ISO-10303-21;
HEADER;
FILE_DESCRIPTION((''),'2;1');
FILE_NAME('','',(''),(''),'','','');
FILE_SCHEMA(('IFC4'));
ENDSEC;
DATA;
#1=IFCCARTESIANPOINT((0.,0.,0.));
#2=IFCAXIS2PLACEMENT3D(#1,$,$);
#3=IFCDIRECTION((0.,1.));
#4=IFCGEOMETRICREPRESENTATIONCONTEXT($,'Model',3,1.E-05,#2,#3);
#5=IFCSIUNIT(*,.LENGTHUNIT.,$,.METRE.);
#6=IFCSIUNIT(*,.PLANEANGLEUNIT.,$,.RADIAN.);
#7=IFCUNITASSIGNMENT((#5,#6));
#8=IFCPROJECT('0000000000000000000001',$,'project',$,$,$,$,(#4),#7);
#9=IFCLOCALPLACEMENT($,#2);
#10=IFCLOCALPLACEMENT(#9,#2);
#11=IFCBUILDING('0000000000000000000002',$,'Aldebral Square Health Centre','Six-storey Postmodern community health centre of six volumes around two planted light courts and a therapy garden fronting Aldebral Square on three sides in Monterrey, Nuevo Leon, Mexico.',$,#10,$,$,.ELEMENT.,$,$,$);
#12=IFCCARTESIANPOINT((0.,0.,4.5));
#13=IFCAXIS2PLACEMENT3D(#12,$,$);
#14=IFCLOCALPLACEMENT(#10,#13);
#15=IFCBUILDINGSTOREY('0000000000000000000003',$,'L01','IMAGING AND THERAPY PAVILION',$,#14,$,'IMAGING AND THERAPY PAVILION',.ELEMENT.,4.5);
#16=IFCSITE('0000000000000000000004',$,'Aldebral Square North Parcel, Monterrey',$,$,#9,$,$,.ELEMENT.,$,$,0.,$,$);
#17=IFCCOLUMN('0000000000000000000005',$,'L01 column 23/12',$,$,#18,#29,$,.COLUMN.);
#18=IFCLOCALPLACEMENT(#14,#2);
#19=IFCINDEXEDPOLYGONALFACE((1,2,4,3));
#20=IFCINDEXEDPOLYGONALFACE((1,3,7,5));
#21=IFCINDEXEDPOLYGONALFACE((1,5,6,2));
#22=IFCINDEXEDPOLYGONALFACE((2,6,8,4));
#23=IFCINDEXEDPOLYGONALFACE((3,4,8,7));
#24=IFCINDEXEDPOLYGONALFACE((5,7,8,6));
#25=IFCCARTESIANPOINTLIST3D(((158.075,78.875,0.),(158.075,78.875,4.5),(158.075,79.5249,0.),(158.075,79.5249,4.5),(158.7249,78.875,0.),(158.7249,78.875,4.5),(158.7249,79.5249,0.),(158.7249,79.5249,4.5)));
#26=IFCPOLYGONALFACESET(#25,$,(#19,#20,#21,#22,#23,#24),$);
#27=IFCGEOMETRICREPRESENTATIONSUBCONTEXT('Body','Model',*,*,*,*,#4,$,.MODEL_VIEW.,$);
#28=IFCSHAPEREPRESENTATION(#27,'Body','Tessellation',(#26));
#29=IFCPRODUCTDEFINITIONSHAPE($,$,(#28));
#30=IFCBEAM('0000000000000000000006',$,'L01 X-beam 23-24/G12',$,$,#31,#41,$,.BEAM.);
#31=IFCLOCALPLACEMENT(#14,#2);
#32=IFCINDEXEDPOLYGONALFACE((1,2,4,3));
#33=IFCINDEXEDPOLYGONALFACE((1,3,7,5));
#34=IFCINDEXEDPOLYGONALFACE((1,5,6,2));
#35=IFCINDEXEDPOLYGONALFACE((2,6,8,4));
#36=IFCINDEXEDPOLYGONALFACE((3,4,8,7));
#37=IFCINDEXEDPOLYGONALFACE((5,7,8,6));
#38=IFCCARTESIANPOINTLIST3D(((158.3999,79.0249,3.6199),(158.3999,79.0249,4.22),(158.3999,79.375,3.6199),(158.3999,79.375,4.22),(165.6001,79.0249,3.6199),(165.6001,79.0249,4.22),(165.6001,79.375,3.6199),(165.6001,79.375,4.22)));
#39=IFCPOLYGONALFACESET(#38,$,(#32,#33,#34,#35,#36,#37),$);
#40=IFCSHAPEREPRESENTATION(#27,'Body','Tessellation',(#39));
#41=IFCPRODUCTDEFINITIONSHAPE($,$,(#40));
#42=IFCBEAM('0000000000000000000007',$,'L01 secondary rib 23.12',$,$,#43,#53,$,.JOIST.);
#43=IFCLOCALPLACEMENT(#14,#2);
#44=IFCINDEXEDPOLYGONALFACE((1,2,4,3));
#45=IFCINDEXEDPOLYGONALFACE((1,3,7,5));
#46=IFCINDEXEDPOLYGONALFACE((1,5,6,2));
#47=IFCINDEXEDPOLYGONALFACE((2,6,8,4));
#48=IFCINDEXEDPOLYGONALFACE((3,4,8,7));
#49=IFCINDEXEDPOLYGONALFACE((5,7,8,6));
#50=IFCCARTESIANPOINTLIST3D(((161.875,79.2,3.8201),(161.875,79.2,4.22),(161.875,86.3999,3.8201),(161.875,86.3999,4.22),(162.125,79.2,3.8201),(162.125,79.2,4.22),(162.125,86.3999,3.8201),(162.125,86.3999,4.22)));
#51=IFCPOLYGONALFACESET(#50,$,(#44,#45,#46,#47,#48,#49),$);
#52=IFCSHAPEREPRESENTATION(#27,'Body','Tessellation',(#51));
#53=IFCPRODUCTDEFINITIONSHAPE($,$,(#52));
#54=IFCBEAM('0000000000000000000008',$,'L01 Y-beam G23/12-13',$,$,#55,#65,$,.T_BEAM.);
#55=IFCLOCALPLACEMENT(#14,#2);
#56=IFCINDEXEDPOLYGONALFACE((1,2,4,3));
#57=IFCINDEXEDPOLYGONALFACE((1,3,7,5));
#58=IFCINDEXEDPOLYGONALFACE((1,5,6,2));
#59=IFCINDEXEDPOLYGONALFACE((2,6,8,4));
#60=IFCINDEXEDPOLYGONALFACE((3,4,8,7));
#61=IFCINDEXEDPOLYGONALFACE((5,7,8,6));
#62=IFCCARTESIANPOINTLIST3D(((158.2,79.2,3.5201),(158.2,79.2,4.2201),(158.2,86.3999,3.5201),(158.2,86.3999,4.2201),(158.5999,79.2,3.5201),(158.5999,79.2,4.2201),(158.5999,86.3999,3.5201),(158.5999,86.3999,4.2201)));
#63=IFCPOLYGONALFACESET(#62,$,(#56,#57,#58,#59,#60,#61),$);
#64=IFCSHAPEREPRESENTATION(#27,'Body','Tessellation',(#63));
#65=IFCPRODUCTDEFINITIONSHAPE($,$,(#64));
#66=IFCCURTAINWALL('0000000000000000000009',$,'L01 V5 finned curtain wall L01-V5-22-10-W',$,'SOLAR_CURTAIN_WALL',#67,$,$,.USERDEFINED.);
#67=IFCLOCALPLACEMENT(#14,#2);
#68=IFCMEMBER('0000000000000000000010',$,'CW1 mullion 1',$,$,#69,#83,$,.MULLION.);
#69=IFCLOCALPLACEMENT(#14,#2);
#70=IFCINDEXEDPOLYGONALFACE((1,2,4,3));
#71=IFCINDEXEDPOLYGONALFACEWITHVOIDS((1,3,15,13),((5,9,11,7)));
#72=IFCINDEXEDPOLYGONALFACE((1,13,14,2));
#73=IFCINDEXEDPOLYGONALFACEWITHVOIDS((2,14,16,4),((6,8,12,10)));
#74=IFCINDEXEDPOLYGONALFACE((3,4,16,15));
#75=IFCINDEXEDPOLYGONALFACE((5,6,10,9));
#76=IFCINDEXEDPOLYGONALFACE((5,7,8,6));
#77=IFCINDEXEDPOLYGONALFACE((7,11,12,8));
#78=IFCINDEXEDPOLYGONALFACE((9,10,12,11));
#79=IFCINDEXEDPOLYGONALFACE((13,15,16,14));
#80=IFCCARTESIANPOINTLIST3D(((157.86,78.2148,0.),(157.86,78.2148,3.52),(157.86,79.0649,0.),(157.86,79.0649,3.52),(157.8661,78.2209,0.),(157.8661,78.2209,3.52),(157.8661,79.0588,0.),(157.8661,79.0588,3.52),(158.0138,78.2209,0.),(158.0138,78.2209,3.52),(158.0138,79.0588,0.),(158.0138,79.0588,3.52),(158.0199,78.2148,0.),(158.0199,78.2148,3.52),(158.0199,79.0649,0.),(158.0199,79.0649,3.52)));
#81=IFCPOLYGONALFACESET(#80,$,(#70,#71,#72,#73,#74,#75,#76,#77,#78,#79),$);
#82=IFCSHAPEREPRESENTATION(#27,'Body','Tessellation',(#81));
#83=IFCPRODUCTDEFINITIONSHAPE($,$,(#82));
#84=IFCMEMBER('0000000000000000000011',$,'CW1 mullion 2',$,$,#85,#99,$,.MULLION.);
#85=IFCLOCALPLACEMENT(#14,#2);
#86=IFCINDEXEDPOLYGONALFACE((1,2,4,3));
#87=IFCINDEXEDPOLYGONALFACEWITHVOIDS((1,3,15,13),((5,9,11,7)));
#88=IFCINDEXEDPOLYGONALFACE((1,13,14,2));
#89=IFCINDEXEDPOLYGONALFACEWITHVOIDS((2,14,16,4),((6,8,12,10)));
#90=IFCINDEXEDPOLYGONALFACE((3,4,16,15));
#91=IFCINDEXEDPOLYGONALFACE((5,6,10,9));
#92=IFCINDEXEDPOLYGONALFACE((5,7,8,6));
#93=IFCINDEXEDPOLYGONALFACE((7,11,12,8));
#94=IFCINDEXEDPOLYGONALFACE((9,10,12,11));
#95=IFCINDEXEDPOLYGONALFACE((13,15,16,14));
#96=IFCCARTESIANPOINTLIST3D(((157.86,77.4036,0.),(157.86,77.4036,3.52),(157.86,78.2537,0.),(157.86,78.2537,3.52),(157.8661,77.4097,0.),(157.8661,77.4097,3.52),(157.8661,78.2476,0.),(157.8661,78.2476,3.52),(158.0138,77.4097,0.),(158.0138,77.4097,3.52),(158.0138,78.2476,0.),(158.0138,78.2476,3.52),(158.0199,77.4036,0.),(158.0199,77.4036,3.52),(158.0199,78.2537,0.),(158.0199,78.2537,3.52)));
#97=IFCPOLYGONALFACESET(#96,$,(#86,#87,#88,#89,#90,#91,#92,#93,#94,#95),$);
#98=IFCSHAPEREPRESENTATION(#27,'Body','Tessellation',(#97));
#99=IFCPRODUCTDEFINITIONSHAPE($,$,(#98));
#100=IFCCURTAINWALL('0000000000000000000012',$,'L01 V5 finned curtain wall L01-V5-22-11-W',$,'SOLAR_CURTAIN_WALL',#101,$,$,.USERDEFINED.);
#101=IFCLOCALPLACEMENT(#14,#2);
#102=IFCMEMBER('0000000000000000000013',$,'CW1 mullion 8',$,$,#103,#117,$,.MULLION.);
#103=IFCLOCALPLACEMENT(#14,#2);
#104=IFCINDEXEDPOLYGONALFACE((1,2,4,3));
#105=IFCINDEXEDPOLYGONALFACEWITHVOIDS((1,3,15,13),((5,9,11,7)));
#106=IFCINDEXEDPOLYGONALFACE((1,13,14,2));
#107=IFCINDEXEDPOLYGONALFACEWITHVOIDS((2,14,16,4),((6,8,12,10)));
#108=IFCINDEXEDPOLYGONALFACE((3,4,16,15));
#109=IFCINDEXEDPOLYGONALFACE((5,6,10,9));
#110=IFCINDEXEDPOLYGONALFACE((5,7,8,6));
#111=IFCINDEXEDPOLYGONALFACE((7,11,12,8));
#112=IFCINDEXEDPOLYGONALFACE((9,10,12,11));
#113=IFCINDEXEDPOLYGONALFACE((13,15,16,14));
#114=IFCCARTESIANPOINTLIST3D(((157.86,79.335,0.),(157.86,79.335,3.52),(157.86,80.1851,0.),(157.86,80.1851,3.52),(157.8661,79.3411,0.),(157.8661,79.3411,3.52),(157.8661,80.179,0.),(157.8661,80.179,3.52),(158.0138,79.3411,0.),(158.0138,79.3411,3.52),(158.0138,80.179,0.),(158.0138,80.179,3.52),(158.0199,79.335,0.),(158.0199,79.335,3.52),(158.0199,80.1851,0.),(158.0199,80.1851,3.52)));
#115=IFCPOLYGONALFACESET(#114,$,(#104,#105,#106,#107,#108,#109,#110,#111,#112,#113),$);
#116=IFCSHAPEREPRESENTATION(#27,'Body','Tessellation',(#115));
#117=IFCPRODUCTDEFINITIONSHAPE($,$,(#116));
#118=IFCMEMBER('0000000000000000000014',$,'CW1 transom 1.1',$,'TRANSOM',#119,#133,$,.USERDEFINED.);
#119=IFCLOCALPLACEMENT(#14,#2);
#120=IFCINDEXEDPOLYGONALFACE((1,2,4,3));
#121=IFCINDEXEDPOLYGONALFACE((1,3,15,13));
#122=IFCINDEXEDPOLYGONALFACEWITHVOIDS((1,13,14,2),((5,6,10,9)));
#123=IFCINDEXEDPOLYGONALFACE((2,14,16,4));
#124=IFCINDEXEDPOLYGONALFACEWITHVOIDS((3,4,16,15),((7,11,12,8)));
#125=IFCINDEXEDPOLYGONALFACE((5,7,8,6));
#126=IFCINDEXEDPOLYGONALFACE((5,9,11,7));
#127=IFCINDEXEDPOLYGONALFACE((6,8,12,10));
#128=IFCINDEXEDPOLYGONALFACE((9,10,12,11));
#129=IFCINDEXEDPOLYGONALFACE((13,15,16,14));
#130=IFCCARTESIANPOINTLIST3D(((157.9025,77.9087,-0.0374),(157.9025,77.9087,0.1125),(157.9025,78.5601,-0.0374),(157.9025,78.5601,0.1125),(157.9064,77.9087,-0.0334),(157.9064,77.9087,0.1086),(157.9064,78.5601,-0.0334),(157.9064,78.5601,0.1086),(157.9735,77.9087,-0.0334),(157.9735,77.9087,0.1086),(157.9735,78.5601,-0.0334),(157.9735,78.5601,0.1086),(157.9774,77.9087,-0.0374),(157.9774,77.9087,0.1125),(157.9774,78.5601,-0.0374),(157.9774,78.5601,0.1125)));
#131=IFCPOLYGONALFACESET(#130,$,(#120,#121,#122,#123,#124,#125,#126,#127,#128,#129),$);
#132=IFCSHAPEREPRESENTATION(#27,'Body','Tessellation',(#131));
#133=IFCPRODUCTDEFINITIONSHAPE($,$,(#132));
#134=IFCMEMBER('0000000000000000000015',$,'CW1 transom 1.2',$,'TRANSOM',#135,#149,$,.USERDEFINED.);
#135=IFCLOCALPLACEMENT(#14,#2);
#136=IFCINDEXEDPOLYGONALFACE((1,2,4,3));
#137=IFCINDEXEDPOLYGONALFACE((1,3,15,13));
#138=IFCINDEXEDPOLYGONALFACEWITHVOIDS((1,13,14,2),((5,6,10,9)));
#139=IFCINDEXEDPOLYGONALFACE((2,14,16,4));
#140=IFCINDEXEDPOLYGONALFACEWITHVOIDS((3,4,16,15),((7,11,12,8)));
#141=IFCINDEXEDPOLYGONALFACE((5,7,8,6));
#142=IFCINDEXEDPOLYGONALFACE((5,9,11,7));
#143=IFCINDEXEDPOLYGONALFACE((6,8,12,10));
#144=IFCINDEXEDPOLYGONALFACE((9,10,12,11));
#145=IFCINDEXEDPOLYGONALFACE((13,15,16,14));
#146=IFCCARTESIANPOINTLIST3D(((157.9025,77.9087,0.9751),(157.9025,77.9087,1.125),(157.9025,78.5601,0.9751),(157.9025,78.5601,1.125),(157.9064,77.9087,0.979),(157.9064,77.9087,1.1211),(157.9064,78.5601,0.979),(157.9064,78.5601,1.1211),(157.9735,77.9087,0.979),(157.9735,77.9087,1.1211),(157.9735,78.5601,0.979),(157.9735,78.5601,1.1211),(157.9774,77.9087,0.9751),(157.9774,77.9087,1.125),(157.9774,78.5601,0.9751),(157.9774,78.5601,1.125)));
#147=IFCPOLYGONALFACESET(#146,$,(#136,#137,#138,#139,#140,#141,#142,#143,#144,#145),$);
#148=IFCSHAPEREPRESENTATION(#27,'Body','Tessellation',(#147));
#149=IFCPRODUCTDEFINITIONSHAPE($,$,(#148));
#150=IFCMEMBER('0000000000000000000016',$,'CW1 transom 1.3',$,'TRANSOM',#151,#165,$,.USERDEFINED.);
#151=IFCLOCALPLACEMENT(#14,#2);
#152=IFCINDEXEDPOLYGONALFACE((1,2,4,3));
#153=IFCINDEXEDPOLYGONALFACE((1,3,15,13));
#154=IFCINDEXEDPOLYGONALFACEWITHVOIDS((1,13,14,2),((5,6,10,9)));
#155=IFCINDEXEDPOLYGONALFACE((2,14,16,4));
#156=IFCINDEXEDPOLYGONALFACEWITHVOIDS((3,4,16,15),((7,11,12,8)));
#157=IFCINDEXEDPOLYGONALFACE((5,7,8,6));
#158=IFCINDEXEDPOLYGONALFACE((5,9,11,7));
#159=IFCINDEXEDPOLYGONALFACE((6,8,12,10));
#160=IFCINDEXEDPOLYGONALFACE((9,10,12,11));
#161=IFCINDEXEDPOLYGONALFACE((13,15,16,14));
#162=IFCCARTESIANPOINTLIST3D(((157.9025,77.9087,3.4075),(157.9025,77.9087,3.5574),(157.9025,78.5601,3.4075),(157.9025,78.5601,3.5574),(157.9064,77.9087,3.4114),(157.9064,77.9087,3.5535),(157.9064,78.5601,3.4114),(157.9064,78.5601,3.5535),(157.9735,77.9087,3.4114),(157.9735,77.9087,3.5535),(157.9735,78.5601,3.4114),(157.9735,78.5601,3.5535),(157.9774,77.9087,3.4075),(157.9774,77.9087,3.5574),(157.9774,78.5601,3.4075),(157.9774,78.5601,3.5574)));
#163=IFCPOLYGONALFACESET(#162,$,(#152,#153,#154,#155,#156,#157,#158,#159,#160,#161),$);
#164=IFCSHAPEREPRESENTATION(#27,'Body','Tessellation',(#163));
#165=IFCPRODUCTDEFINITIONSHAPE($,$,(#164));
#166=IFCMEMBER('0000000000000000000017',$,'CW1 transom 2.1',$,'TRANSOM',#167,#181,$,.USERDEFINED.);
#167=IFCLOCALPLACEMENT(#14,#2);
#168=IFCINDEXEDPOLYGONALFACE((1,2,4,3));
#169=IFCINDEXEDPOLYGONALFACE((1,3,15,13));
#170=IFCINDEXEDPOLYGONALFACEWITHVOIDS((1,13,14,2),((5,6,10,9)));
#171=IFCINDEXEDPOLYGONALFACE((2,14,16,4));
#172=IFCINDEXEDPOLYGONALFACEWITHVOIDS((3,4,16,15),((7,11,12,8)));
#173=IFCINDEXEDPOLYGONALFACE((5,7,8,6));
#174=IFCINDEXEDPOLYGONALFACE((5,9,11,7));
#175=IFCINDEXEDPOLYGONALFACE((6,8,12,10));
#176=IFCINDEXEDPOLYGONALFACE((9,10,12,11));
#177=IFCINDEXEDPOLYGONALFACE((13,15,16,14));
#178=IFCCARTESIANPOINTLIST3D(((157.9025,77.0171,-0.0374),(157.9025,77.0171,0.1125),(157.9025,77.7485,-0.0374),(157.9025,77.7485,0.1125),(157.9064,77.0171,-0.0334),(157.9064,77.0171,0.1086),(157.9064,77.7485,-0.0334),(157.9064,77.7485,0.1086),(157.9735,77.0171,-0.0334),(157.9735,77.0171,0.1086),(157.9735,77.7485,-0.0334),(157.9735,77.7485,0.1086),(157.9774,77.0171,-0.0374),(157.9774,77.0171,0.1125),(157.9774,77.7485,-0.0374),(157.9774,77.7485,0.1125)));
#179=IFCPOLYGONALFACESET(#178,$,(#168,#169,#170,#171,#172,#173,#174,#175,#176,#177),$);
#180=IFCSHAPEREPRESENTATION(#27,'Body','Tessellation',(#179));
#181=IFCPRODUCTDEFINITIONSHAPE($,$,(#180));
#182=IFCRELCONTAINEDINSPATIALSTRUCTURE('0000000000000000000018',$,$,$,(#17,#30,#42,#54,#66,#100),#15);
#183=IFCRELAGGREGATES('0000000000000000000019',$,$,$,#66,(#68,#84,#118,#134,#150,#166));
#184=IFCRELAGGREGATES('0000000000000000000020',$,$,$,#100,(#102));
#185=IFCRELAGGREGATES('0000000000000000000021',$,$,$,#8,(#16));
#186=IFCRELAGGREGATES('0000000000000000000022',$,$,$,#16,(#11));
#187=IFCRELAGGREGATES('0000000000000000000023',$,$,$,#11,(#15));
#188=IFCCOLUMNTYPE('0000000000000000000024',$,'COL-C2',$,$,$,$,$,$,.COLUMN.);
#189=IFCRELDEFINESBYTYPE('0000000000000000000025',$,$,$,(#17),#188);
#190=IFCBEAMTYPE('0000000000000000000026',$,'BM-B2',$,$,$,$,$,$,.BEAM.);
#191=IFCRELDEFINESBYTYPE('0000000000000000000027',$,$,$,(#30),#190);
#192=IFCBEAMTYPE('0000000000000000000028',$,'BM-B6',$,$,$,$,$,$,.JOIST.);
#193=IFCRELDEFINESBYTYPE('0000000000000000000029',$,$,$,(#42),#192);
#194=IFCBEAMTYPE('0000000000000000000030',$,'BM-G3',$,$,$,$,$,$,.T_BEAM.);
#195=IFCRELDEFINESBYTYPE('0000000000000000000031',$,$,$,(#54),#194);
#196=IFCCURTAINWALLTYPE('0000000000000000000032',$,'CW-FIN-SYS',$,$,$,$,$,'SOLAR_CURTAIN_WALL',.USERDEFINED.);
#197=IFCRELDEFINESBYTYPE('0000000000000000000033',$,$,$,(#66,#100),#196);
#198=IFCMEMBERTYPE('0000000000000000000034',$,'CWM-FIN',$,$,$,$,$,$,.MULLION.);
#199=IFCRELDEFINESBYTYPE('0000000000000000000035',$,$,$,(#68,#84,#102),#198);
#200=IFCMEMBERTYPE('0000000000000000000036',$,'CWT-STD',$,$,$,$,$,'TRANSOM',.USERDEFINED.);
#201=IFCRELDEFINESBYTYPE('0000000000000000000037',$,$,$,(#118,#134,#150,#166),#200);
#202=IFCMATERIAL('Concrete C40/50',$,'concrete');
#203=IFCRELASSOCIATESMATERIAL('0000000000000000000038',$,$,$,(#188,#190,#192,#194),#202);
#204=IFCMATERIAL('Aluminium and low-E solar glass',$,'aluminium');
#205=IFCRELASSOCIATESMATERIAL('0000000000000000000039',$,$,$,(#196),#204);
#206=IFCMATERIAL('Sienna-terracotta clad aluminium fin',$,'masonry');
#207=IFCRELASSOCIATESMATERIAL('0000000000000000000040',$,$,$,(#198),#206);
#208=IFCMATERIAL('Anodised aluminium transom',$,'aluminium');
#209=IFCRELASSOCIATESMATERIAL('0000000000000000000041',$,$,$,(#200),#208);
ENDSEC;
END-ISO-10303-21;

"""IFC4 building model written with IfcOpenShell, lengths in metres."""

from ifc_helpers import new_model, si_unit, direction, frame, origin, origin_2d, place, context, subcontext, project, spatial, rectangle, hollow_rectangle, extrude, material, material_profile, profile_set, type_object, element, aggregate, save


model = new_model("IFC4")

# Units and contexts
model_context = context("Model", 3, precision=1e-05, world=origin(), true_north=direction((0.0, 1.0)))
body_context = subcontext(model_context, "Body", "Model", "MODEL_VIEW")
ifc_project = project(units=[si_unit("LENGTHUNIT", "METRE"), si_unit("PLANEANGLEUNIT", "RADIAN")], contexts=[model_context])

# Site, building, storey
site_placement = place(None, origin())
site = spatial("IfcSite", under=ifc_project, at=site_placement, Name="Aldebral Square North Parcel, Monterrey", CompositionType="ELEMENT", RefElevation=0.0)
building_placement = place(site_placement, origin())
building = spatial("IfcBuilding", under=site, at=building_placement, Name="Aldebral Square Health Centre", Description="Six-storey Postmodern community health centre of six volumes around two planted light courts and a therapy garden fronting Aldebral Square on three sides in Monterrey, Nuevo Leon, Mexico.", CompositionType="ELEMENT")
storey_placement = place(building_placement, frame((0.0, 0.0, 4.5)))
storey = spatial("IfcBuildingStorey", under=building, at=storey_placement, Name="L01", Description="IMAGING AND THERAPY PAVILION", LongName="IMAGING AND THERAPY PAVILION", CompositionType="ELEMENT", Elevation=4.5)

# Column
ifc_material_1 = material(Name="Concrete C40/50", Category="concrete")
ifc_material_profile_1 = material_profile(ifc_material_1, rectangle(XDim=0.6499, YDim=0.6499, at=origin_2d()), Name="RC 650x650")
ifc_profile_set_1 = profile_set([ifc_material_profile_1], Name="Concrete C40/50")
column_type = type_object("IfcColumnType", Name="COL-C2", PredefinedType="COLUMN", material=ifc_profile_set_1)
column_placement = place(storey_placement, frame((158.3999, 79.2, 0.0), z_axis=(0.0, 0.0, 1.0), x_axis=(1.0, 0.0, 0.0)))
element("IfcColumn", 1, at=column_placement, inside=storey, type_object=column_type, Name="L01 column 23/12", PredefinedType="COLUMN", context=body_context, shape_type="SweptSolid", body=[
    extrude(rectangle(XDim=0.6499, YDim=0.6499, at=origin_2d()), origin(), (0.0, 0.0, 1.0), 4.5),
])

# Beams
ifc_material_profile_2 = material_profile(ifc_material_1, rectangle(XDim=0.3501, YDim=0.6001, at=origin_2d()), Name="RC 350x600")
ifc_profile_set_2 = profile_set([ifc_material_profile_2], Name="Concrete C40/50")
beam_type_1 = type_object("IfcBeamType", Name="BM-B2", PredefinedType="BEAM", material=ifc_profile_set_2)
beam_1_placement = place(storey_placement, frame((158.3999, 79.2, 3.9199), z_axis=(1.0, 0.0, 0.0), x_axis=(0.0, 1.0, 0.0)))
element("IfcBeam", 2, at=beam_1_placement, inside=storey, type_object=beam_type_1, Name="L01 X-beam 23-24/G12", PredefinedType="BEAM", context=body_context, shape_type="SweptSolid", body=[
    extrude(rectangle(XDim=0.3501, YDim=0.6001, at=origin_2d()), origin(), (0.0, 0.0, 1.0), 7.2002),
])
ifc_material_profile_3 = material_profile(ifc_material_1, rectangle(XDim=0.25, YDim=0.3999, at=origin_2d()), Name="RC 250x400")
ifc_profile_set_3 = profile_set([ifc_material_profile_3], Name="Concrete C40/50")
beam_type_2 = type_object("IfcBeamType", Name="BM-B6", PredefinedType="JOIST", material=ifc_profile_set_3)
beam_2_placement = place(storey_placement, frame((162.0, 79.2, 4.02), z_axis=(0.0, 1.0, 0.0), x_axis=(-1.0, 0.0, 0.0)))
element("IfcBeam", 3, at=beam_2_placement, inside=storey, type_object=beam_type_2, Name="L01 secondary rib 23.12", PredefinedType="JOIST", context=body_context, shape_type="SweptSolid", body=[
    extrude(rectangle(XDim=0.25, YDim=0.3999, at=origin_2d()), origin(), (0.0, 0.0, 1.0), 7.2),
])
ifc_material_profile_4 = material_profile(ifc_material_1, rectangle(XDim=0.3999, YDim=0.7, at=origin_2d()), Name="RC 400x700")
ifc_profile_set_4 = profile_set([ifc_material_profile_4], Name="Concrete C40/50")
beam_type_3 = type_object("IfcBeamType", Name="BM-G3", PredefinedType="T_BEAM", material=ifc_profile_set_4)
beam_3_placement = place(storey_placement, frame((158.3999, 79.2, 3.8701), z_axis=(0.0, 1.0, 0.0), x_axis=(-1.0, 0.0, 0.0)))
element("IfcBeam", 4, at=beam_3_placement, inside=storey, type_object=beam_type_3, Name="L01 Y-beam G23/12-13", PredefinedType="T_BEAM", context=body_context, shape_type="SweptSolid", body=[
    extrude(rectangle(XDim=0.3999, YDim=0.7, at=origin_2d()), origin(), (0.0, 0.0, 1.0), 7.2),
])

# Curtain wall, members
ifc_material_2 = material(Name="Aluminium and low-E solar glass", Category="aluminium")
curtain_wall_type = type_object("IfcCurtainWallType", Name="CW-FIN-SYS", ElementType="SOLAR_CURTAIN_WALL", PredefinedType="USERDEFINED", material=ifc_material_2)
curtain_wall_1_placement = place(storey_placement, origin())
curtain_wall_1 = element("IfcCurtainWall", 5, at=curtain_wall_1_placement, inside=storey, type_object=curtain_wall_type, Name="L01 V5 finned curtain wall L01-V5-22-10-W", ObjectType="SOLAR_CURTAIN_WALL", PredefinedType="USERDEFINED")
ifc_material_3 = material(Name="Sienna-terracotta clad aluminium fin", Category="masonry")
ifc_material_profile_5 = material_profile(ifc_material_3, hollow_rectangle(XDim=0.1599, YDim=0.8501, WallThickness=0.0061, at=origin_2d()), Name="FIN 160x850x6")
ifc_profile_set_5 = profile_set([ifc_material_profile_5], Name="Sienna-terracotta clad aluminium fin")
member_type_1 = type_object("IfcMemberType", Name="CWM-FIN", PredefinedType="MULLION", material=ifc_profile_set_5)
member_1_placement = place(storey_placement, frame((157.9399, 78.6399, 0.0), z_axis=(0.0, 0.0, 1.0), x_axis=(1.0, 0.0, 0.0)))
member_1 = element("IfcMember", 6, at=member_1_placement, type_object=member_type_1, Name="CW1 mullion 1", PredefinedType="MULLION", context=body_context, shape_type="SweptSolid", body=[
    extrude(hollow_rectangle(XDim=0.1599, YDim=0.8501, WallThickness=0.0061, at=origin_2d()), origin(), (0.0, 0.0, 1.0), 3.52),
])
member_2_placement = place(storey_placement, frame((157.9399, 77.8286, 0.0), z_axis=(0.0, 0.0, 1.0), x_axis=(1.0, 0.0, 0.0)))
member_2 = element("IfcMember", 7, at=member_2_placement, type_object=member_type_1, Name="CW1 mullion 2", PredefinedType="MULLION", context=body_context, shape_type="SweptSolid", body=[
    extrude(hollow_rectangle(XDim=0.1599, YDim=0.8501, WallThickness=0.0061, at=origin_2d()), origin(), (0.0, 0.0, 1.0), 3.52),
])

# Curtain wall, member
curtain_wall_2_placement = place(storey_placement, origin())
curtain_wall_2 = element("IfcCurtainWall", 8, at=curtain_wall_2_placement, inside=storey, type_object=curtain_wall_type, Name="L01 V5 finned curtain wall L01-V5-22-11-W", ObjectType="SOLAR_CURTAIN_WALL", PredefinedType="USERDEFINED")
member_3_placement = place(storey_placement, frame((157.9399, 79.76, 0.0), z_axis=(0.0, 0.0, 1.0), x_axis=(1.0, 0.0, 0.0)))
member_3 = element("IfcMember", 9, at=member_3_placement, type_object=member_type_1, Name="CW1 mullion 8", PredefinedType="MULLION", context=body_context, shape_type="SweptSolid", body=[
    extrude(hollow_rectangle(XDim=0.1599, YDim=0.8501, WallThickness=0.0061, at=origin_2d()), origin(), (0.0, 0.0, 1.0), 3.52),
])

# Members
ifc_material_4 = material(Name="Anodised aluminium transom", Category="aluminium")
ifc_material_profile_6 = material_profile(ifc_material_4, hollow_rectangle(XDim=0.075, YDim=0.1499, WallThickness=0.0039, at=origin_2d()), Name="CWT 75x150x4")
ifc_profile_set_6 = profile_set([ifc_material_profile_6], Name="Anodised aluminium transom")
member_type_2 = type_object("IfcMemberType", Name="CWT-STD", ElementType="TRANSOM", PredefinedType="USERDEFINED", material=ifc_profile_set_6)
member_4_placement = place(storey_placement, frame((157.9399, 78.5601, 0.0376), z_axis=(0.0, -1.0, 0.0), x_axis=(1.0, 0.0, 0.0)))
member_4 = element("IfcMember", 10, at=member_4_placement, type_object=member_type_2, Name="CW1 transom 1.1", ObjectType="TRANSOM", PredefinedType="USERDEFINED", context=body_context, shape_type="SweptSolid", body=[
    extrude(hollow_rectangle(XDim=0.075, YDim=0.1499, WallThickness=0.0039, at=origin_2d()), origin(), (0.0, 0.0, 1.0), 0.6514),
])
member_5_placement = place(storey_placement, frame((157.9399, 78.5601, 1.05), z_axis=(0.0, -1.0, 0.0), x_axis=(1.0, 0.0, 0.0)))
member_5 = element("IfcMember", 11, at=member_5_placement, type_object=member_type_2, Name="CW1 transom 1.2", ObjectType="TRANSOM", PredefinedType="USERDEFINED", context=body_context, shape_type="SweptSolid", body=[
    extrude(hollow_rectangle(XDim=0.075, YDim=0.1499, WallThickness=0.0039, at=origin_2d()), origin(), (0.0, 0.0, 1.0), 0.6514),
])
member_6_placement = place(storey_placement, frame((157.9399, 78.5601, 3.4824), z_axis=(0.0, -1.0, 0.0), x_axis=(1.0, 0.0, 0.0)))
member_6 = element("IfcMember", 12, at=member_6_placement, type_object=member_type_2, Name="CW1 transom 1.3", ObjectType="TRANSOM", PredefinedType="USERDEFINED", context=body_context, shape_type="SweptSolid", body=[
    extrude(hollow_rectangle(XDim=0.075, YDim=0.1499, WallThickness=0.0039, at=origin_2d()), origin(), (0.0, 0.0, 1.0), 0.6514),
])
member_7_placement = place(storey_placement, frame((157.9399, 77.7485, 0.0376), z_axis=(0.0, -1.0, 0.0), x_axis=(1.0, 0.0, 0.0)))
member_7 = element("IfcMember", 13, at=member_7_placement, type_object=member_type_2, Name="CW1 transom 2.1", ObjectType="TRANSOM", PredefinedType="USERDEFINED", context=body_context, shape_type="SweptSolid", body=[
    extrude(hollow_rectangle(XDim=0.075, YDim=0.1499, WallThickness=0.0039, at=origin_2d()), origin(), (0.0, 0.0, 1.0), 0.7314),
])

aggregate(curtain_wall_1, [member_1, member_2, member_4, member_5, member_6, member_7])
aggregate(curtain_wall_2, [member_3])

save(model, "model.ifc")
